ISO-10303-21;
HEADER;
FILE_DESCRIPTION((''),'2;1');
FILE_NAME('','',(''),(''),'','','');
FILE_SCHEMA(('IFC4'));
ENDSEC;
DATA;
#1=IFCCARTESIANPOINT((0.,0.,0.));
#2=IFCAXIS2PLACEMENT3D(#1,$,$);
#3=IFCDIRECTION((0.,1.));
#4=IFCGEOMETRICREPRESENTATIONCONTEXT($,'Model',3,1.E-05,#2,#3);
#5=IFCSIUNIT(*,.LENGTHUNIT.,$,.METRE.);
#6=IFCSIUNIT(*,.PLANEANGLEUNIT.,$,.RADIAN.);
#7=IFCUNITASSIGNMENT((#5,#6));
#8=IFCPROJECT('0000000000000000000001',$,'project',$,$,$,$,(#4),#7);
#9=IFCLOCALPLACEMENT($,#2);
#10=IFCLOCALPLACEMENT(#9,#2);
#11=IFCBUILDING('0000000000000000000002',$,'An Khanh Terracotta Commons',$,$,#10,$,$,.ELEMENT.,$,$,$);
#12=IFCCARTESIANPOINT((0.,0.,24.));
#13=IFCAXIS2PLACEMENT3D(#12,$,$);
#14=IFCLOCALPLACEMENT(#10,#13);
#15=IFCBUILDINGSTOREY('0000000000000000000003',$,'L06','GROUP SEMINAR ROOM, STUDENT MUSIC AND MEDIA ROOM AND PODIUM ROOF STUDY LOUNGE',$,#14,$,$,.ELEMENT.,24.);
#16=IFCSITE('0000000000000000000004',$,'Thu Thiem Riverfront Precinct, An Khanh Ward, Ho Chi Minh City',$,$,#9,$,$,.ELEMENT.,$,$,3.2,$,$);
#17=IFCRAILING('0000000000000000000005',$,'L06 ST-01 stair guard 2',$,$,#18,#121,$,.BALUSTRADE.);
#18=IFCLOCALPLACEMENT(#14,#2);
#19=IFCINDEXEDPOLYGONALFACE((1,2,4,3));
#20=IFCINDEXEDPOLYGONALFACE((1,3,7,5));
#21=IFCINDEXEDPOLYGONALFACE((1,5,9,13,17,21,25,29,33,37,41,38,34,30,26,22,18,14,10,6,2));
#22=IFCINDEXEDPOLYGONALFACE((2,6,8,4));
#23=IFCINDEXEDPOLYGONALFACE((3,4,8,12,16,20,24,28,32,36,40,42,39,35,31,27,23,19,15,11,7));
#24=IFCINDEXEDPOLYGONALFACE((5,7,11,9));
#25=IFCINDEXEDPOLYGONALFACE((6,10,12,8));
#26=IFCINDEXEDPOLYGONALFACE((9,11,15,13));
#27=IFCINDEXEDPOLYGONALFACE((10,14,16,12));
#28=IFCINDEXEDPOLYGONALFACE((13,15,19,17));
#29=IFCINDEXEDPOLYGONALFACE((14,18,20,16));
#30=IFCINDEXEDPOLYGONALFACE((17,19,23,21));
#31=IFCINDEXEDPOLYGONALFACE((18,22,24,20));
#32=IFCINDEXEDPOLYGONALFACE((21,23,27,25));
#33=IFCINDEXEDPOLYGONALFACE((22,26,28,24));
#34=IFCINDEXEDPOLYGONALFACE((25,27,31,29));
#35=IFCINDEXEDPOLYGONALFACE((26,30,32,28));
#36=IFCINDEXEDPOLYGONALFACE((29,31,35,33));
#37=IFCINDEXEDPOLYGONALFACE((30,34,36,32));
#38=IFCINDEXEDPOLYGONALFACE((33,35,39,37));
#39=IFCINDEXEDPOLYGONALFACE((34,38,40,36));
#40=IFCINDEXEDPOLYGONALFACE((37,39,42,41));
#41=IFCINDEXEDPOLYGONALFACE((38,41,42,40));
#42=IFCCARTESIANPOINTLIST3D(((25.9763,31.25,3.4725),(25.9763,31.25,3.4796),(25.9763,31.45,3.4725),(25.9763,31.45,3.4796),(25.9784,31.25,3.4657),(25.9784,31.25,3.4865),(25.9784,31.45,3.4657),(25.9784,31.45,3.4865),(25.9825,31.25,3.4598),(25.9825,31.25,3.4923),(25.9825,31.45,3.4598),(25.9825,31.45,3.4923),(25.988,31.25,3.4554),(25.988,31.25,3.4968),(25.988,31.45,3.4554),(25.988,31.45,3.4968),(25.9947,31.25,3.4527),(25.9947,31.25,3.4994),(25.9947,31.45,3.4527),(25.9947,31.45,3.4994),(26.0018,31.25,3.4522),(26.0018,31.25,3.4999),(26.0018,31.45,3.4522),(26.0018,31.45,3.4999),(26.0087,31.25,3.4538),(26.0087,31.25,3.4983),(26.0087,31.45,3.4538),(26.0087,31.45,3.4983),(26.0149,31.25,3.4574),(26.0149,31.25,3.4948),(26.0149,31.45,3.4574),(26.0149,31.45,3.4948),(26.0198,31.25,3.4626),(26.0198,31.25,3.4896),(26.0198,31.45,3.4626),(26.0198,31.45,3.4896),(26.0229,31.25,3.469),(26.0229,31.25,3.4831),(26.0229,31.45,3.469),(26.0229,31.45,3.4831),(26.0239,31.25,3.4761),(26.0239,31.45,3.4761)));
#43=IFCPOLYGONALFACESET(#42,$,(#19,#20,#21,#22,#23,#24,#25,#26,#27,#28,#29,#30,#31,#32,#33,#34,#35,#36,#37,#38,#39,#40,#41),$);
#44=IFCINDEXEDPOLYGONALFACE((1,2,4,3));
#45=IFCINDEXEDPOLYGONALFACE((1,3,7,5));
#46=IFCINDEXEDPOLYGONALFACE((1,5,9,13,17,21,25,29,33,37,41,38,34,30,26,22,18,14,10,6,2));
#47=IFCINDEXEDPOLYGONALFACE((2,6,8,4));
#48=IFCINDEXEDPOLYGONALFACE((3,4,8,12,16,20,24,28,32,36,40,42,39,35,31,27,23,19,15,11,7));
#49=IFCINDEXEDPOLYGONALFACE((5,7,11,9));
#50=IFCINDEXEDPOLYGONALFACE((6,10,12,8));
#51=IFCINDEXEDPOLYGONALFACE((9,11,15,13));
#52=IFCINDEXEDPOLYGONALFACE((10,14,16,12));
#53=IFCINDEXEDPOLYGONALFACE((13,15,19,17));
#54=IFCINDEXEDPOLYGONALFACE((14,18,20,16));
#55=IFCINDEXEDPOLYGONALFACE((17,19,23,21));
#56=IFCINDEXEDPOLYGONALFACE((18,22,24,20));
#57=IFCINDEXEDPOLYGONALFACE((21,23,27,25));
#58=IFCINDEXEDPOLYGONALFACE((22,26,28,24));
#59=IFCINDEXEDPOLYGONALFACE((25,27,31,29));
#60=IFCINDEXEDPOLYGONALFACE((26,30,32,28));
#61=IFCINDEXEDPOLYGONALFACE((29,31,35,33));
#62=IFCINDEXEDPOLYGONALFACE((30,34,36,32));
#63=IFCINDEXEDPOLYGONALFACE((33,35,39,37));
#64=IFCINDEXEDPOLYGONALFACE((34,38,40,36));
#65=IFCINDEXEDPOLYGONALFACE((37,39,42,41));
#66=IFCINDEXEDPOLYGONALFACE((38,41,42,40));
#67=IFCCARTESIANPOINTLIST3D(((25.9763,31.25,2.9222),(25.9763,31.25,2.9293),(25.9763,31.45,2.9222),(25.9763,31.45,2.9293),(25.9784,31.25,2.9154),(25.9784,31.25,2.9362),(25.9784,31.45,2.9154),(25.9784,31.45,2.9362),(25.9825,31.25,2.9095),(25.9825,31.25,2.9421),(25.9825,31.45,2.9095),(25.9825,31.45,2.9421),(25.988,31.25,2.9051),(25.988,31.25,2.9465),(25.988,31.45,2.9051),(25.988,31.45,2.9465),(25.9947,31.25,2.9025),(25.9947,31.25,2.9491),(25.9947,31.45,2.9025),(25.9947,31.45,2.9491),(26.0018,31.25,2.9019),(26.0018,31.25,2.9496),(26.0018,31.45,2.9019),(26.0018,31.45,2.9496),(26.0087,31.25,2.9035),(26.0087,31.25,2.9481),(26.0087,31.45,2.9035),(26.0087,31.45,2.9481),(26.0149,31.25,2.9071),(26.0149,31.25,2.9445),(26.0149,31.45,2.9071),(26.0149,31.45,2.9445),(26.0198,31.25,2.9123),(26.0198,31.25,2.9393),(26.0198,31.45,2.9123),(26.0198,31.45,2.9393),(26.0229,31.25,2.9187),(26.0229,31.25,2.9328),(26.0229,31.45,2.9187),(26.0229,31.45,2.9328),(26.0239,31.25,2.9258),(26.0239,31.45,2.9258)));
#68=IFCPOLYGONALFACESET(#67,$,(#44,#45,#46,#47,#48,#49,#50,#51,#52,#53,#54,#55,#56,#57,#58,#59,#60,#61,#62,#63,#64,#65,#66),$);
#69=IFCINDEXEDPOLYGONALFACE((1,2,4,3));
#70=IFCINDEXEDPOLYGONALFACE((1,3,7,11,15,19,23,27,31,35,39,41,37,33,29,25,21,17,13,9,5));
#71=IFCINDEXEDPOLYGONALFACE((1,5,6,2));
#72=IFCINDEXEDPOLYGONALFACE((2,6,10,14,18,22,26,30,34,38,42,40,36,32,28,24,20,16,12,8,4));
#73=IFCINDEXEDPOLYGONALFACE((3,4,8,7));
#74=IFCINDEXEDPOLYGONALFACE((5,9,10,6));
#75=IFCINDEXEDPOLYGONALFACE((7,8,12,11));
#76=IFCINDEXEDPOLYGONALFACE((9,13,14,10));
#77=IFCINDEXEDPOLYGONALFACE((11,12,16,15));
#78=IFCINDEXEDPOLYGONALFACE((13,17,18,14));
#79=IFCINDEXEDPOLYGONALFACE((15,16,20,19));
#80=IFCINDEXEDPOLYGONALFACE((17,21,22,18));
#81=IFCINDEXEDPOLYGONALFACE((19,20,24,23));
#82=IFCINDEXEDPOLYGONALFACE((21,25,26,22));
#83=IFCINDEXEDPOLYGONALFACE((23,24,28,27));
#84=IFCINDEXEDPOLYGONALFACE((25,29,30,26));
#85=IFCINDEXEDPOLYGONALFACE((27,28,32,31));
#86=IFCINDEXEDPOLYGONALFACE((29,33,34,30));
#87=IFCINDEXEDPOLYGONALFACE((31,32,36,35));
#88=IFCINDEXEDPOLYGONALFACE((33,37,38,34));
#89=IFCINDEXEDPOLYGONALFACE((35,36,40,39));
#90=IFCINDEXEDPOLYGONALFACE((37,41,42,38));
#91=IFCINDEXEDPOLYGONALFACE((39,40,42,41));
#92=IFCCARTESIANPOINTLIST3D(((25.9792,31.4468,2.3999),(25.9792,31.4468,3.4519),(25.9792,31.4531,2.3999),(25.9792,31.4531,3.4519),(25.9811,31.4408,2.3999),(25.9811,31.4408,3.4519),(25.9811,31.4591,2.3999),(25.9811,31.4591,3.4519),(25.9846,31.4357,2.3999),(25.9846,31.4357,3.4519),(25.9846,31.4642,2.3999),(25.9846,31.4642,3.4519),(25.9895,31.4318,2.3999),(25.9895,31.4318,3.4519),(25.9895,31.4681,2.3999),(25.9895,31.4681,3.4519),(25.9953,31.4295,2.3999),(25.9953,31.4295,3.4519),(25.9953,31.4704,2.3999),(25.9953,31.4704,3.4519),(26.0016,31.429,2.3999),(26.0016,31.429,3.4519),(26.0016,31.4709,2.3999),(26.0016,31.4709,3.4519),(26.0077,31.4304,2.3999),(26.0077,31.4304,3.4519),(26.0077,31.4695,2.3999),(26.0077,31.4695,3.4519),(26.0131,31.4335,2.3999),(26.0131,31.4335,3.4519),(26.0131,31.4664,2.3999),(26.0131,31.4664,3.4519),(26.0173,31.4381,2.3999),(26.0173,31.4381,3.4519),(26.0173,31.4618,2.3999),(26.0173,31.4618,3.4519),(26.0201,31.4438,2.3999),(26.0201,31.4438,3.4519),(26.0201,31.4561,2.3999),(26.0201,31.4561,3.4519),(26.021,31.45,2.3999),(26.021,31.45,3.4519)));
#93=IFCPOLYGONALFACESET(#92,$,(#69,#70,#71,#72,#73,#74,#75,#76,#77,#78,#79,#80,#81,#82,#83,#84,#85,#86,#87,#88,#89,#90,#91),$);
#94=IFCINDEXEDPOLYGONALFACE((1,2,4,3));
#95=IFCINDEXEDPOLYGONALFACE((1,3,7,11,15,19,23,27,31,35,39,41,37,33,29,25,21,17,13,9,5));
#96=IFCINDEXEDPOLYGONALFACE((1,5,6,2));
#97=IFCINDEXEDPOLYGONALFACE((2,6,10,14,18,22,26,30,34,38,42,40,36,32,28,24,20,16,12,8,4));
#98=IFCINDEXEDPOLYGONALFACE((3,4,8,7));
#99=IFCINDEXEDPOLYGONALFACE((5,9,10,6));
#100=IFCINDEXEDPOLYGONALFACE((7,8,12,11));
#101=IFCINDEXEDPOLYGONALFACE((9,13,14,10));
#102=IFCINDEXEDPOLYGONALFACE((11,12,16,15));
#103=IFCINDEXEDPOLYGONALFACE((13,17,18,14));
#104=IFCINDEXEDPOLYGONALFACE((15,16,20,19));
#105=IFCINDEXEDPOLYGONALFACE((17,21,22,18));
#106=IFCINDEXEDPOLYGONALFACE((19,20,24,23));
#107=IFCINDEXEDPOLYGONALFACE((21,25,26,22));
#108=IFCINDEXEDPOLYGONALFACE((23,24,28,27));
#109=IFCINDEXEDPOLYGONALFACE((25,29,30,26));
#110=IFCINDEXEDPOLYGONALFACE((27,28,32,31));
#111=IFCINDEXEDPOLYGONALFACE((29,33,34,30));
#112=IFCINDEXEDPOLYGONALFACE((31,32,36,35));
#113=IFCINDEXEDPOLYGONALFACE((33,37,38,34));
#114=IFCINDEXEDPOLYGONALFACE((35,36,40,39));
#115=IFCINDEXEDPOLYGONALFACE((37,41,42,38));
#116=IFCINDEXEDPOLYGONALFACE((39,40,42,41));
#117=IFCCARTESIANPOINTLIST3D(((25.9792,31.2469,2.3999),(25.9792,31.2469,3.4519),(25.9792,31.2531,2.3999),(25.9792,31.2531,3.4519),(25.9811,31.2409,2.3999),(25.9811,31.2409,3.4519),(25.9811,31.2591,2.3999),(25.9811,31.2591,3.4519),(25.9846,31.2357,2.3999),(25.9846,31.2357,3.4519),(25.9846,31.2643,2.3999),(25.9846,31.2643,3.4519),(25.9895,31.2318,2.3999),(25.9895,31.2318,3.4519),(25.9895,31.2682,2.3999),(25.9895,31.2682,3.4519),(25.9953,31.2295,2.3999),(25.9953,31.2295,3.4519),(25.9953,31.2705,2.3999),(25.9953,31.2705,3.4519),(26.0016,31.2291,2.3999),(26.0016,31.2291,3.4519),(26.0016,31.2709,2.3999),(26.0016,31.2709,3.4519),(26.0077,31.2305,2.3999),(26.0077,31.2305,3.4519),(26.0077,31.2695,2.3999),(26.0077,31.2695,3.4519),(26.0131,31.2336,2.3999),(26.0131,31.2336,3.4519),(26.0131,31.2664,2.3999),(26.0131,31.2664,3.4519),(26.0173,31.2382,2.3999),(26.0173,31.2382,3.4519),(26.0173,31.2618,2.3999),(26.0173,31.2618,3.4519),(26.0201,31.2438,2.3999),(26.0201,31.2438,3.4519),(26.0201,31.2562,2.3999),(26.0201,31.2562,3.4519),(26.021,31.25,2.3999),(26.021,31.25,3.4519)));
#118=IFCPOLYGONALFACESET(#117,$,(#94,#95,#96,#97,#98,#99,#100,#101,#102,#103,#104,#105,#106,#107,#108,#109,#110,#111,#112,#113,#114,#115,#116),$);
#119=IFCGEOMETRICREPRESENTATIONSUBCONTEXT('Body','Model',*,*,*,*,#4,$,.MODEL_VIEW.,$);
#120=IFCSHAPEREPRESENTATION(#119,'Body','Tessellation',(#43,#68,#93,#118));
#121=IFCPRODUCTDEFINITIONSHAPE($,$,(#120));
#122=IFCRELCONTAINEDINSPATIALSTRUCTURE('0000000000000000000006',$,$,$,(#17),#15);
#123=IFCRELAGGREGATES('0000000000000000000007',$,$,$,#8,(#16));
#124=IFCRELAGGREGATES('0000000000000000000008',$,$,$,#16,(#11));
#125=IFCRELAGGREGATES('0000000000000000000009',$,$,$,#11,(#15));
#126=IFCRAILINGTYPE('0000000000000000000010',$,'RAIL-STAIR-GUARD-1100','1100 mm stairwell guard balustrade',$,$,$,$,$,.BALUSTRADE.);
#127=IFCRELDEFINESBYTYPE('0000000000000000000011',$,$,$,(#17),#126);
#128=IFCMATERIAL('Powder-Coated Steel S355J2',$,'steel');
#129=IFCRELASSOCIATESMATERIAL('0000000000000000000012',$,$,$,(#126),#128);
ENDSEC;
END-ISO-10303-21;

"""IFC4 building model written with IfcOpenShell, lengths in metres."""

from ifc_helpers import new_model, si_unit, direction, frame, origin, origin_2d, place, context, subcontext, project, spatial, circle, extrude, material, type_object, element, save


model = new_model("IFC4")

# Units and contexts
model_context = context("Model", 3, precision=1e-05, world=origin(), true_north=direction((0.0, 1.0)))
body_context = subcontext(model_context, "Body", "Model", "MODEL_VIEW")
ifc_project = project(units=[si_unit("LENGTHUNIT", "METRE"), si_unit("PLANEANGLEUNIT", "RADIAN")], contexts=[model_context])

# Site, building, storey
site_placement = place(None, origin())
site = spatial("IfcSite", under=ifc_project, at=site_placement, Name="Thu Thiem Riverfront Precinct, An Khanh Ward, Ho Chi Minh City", CompositionType="ELEMENT", RefElevation=3.2)
building_placement = place(site_placement, origin())
building = spatial("IfcBuilding", under=site, at=building_placement, Name="An Khanh Terracotta Commons", CompositionType="ELEMENT")
storey_placement = place(building_placement, frame((0.0, 0.0, 24.0)))
storey = spatial("IfcBuildingStorey", under=building, at=storey_placement, Name="L06", Description="GROUP SEMINAR ROOM, STUDENT MUSIC AND MEDIA ROOM AND PODIUM ROOF STUDY LOUNGE", CompositionType="ELEMENT", Elevation=24.0)

# Railing
ifc_material_1 = material(Name="Powder-Coated Steel S355J2", Category="steel")
railing_type_1 = type_object("IfcRailingType", Name="RAIL-STAIR-GUARD-1100", Description="1100 mm stairwell guard balustrade", PredefinedType="BALUSTRADE", material=ifc_material_1)
railing_1_placement = place(storey_placement, frame((26.0, 31.45, 2.3999)))
element("IfcRailing", 1, at=railing_1_placement, inside=storey, type_object=railing_type_1, Name="L06 ST-01 stair guard 2", PredefinedType="BALUSTRADE", context=body_context, shape_type="SweptSolid", body=[
    extrude(circle(Radius=0.0239, at=origin_2d()), frame((0.0, 0.0, 1.0762), z_axis=(0.0, -1.0, 0.0), x_axis=(1.0, 0.0, 0.0)), (0.0, 0.0, 1.0), 0.2),
    extrude(circle(Radius=0.0239, at=origin_2d()), frame((0.0, 0.0, 0.5259), z_axis=(0.0, -1.0, 0.0), x_axis=(1.0, 0.0, 0.0)), (0.0, 0.0, 1.0), 0.2),
    extrude(circle(Radius=0.021, at=origin_2d()), origin(), (0.0, 0.0, 1.0), 1.052),
    extrude(circle(Radius=0.021, at=origin_2d()), frame((0.0, -0.2, 0.0)), (0.0, 0.0, 1.0), 1.052),
])

save(model, "model.ifc")
